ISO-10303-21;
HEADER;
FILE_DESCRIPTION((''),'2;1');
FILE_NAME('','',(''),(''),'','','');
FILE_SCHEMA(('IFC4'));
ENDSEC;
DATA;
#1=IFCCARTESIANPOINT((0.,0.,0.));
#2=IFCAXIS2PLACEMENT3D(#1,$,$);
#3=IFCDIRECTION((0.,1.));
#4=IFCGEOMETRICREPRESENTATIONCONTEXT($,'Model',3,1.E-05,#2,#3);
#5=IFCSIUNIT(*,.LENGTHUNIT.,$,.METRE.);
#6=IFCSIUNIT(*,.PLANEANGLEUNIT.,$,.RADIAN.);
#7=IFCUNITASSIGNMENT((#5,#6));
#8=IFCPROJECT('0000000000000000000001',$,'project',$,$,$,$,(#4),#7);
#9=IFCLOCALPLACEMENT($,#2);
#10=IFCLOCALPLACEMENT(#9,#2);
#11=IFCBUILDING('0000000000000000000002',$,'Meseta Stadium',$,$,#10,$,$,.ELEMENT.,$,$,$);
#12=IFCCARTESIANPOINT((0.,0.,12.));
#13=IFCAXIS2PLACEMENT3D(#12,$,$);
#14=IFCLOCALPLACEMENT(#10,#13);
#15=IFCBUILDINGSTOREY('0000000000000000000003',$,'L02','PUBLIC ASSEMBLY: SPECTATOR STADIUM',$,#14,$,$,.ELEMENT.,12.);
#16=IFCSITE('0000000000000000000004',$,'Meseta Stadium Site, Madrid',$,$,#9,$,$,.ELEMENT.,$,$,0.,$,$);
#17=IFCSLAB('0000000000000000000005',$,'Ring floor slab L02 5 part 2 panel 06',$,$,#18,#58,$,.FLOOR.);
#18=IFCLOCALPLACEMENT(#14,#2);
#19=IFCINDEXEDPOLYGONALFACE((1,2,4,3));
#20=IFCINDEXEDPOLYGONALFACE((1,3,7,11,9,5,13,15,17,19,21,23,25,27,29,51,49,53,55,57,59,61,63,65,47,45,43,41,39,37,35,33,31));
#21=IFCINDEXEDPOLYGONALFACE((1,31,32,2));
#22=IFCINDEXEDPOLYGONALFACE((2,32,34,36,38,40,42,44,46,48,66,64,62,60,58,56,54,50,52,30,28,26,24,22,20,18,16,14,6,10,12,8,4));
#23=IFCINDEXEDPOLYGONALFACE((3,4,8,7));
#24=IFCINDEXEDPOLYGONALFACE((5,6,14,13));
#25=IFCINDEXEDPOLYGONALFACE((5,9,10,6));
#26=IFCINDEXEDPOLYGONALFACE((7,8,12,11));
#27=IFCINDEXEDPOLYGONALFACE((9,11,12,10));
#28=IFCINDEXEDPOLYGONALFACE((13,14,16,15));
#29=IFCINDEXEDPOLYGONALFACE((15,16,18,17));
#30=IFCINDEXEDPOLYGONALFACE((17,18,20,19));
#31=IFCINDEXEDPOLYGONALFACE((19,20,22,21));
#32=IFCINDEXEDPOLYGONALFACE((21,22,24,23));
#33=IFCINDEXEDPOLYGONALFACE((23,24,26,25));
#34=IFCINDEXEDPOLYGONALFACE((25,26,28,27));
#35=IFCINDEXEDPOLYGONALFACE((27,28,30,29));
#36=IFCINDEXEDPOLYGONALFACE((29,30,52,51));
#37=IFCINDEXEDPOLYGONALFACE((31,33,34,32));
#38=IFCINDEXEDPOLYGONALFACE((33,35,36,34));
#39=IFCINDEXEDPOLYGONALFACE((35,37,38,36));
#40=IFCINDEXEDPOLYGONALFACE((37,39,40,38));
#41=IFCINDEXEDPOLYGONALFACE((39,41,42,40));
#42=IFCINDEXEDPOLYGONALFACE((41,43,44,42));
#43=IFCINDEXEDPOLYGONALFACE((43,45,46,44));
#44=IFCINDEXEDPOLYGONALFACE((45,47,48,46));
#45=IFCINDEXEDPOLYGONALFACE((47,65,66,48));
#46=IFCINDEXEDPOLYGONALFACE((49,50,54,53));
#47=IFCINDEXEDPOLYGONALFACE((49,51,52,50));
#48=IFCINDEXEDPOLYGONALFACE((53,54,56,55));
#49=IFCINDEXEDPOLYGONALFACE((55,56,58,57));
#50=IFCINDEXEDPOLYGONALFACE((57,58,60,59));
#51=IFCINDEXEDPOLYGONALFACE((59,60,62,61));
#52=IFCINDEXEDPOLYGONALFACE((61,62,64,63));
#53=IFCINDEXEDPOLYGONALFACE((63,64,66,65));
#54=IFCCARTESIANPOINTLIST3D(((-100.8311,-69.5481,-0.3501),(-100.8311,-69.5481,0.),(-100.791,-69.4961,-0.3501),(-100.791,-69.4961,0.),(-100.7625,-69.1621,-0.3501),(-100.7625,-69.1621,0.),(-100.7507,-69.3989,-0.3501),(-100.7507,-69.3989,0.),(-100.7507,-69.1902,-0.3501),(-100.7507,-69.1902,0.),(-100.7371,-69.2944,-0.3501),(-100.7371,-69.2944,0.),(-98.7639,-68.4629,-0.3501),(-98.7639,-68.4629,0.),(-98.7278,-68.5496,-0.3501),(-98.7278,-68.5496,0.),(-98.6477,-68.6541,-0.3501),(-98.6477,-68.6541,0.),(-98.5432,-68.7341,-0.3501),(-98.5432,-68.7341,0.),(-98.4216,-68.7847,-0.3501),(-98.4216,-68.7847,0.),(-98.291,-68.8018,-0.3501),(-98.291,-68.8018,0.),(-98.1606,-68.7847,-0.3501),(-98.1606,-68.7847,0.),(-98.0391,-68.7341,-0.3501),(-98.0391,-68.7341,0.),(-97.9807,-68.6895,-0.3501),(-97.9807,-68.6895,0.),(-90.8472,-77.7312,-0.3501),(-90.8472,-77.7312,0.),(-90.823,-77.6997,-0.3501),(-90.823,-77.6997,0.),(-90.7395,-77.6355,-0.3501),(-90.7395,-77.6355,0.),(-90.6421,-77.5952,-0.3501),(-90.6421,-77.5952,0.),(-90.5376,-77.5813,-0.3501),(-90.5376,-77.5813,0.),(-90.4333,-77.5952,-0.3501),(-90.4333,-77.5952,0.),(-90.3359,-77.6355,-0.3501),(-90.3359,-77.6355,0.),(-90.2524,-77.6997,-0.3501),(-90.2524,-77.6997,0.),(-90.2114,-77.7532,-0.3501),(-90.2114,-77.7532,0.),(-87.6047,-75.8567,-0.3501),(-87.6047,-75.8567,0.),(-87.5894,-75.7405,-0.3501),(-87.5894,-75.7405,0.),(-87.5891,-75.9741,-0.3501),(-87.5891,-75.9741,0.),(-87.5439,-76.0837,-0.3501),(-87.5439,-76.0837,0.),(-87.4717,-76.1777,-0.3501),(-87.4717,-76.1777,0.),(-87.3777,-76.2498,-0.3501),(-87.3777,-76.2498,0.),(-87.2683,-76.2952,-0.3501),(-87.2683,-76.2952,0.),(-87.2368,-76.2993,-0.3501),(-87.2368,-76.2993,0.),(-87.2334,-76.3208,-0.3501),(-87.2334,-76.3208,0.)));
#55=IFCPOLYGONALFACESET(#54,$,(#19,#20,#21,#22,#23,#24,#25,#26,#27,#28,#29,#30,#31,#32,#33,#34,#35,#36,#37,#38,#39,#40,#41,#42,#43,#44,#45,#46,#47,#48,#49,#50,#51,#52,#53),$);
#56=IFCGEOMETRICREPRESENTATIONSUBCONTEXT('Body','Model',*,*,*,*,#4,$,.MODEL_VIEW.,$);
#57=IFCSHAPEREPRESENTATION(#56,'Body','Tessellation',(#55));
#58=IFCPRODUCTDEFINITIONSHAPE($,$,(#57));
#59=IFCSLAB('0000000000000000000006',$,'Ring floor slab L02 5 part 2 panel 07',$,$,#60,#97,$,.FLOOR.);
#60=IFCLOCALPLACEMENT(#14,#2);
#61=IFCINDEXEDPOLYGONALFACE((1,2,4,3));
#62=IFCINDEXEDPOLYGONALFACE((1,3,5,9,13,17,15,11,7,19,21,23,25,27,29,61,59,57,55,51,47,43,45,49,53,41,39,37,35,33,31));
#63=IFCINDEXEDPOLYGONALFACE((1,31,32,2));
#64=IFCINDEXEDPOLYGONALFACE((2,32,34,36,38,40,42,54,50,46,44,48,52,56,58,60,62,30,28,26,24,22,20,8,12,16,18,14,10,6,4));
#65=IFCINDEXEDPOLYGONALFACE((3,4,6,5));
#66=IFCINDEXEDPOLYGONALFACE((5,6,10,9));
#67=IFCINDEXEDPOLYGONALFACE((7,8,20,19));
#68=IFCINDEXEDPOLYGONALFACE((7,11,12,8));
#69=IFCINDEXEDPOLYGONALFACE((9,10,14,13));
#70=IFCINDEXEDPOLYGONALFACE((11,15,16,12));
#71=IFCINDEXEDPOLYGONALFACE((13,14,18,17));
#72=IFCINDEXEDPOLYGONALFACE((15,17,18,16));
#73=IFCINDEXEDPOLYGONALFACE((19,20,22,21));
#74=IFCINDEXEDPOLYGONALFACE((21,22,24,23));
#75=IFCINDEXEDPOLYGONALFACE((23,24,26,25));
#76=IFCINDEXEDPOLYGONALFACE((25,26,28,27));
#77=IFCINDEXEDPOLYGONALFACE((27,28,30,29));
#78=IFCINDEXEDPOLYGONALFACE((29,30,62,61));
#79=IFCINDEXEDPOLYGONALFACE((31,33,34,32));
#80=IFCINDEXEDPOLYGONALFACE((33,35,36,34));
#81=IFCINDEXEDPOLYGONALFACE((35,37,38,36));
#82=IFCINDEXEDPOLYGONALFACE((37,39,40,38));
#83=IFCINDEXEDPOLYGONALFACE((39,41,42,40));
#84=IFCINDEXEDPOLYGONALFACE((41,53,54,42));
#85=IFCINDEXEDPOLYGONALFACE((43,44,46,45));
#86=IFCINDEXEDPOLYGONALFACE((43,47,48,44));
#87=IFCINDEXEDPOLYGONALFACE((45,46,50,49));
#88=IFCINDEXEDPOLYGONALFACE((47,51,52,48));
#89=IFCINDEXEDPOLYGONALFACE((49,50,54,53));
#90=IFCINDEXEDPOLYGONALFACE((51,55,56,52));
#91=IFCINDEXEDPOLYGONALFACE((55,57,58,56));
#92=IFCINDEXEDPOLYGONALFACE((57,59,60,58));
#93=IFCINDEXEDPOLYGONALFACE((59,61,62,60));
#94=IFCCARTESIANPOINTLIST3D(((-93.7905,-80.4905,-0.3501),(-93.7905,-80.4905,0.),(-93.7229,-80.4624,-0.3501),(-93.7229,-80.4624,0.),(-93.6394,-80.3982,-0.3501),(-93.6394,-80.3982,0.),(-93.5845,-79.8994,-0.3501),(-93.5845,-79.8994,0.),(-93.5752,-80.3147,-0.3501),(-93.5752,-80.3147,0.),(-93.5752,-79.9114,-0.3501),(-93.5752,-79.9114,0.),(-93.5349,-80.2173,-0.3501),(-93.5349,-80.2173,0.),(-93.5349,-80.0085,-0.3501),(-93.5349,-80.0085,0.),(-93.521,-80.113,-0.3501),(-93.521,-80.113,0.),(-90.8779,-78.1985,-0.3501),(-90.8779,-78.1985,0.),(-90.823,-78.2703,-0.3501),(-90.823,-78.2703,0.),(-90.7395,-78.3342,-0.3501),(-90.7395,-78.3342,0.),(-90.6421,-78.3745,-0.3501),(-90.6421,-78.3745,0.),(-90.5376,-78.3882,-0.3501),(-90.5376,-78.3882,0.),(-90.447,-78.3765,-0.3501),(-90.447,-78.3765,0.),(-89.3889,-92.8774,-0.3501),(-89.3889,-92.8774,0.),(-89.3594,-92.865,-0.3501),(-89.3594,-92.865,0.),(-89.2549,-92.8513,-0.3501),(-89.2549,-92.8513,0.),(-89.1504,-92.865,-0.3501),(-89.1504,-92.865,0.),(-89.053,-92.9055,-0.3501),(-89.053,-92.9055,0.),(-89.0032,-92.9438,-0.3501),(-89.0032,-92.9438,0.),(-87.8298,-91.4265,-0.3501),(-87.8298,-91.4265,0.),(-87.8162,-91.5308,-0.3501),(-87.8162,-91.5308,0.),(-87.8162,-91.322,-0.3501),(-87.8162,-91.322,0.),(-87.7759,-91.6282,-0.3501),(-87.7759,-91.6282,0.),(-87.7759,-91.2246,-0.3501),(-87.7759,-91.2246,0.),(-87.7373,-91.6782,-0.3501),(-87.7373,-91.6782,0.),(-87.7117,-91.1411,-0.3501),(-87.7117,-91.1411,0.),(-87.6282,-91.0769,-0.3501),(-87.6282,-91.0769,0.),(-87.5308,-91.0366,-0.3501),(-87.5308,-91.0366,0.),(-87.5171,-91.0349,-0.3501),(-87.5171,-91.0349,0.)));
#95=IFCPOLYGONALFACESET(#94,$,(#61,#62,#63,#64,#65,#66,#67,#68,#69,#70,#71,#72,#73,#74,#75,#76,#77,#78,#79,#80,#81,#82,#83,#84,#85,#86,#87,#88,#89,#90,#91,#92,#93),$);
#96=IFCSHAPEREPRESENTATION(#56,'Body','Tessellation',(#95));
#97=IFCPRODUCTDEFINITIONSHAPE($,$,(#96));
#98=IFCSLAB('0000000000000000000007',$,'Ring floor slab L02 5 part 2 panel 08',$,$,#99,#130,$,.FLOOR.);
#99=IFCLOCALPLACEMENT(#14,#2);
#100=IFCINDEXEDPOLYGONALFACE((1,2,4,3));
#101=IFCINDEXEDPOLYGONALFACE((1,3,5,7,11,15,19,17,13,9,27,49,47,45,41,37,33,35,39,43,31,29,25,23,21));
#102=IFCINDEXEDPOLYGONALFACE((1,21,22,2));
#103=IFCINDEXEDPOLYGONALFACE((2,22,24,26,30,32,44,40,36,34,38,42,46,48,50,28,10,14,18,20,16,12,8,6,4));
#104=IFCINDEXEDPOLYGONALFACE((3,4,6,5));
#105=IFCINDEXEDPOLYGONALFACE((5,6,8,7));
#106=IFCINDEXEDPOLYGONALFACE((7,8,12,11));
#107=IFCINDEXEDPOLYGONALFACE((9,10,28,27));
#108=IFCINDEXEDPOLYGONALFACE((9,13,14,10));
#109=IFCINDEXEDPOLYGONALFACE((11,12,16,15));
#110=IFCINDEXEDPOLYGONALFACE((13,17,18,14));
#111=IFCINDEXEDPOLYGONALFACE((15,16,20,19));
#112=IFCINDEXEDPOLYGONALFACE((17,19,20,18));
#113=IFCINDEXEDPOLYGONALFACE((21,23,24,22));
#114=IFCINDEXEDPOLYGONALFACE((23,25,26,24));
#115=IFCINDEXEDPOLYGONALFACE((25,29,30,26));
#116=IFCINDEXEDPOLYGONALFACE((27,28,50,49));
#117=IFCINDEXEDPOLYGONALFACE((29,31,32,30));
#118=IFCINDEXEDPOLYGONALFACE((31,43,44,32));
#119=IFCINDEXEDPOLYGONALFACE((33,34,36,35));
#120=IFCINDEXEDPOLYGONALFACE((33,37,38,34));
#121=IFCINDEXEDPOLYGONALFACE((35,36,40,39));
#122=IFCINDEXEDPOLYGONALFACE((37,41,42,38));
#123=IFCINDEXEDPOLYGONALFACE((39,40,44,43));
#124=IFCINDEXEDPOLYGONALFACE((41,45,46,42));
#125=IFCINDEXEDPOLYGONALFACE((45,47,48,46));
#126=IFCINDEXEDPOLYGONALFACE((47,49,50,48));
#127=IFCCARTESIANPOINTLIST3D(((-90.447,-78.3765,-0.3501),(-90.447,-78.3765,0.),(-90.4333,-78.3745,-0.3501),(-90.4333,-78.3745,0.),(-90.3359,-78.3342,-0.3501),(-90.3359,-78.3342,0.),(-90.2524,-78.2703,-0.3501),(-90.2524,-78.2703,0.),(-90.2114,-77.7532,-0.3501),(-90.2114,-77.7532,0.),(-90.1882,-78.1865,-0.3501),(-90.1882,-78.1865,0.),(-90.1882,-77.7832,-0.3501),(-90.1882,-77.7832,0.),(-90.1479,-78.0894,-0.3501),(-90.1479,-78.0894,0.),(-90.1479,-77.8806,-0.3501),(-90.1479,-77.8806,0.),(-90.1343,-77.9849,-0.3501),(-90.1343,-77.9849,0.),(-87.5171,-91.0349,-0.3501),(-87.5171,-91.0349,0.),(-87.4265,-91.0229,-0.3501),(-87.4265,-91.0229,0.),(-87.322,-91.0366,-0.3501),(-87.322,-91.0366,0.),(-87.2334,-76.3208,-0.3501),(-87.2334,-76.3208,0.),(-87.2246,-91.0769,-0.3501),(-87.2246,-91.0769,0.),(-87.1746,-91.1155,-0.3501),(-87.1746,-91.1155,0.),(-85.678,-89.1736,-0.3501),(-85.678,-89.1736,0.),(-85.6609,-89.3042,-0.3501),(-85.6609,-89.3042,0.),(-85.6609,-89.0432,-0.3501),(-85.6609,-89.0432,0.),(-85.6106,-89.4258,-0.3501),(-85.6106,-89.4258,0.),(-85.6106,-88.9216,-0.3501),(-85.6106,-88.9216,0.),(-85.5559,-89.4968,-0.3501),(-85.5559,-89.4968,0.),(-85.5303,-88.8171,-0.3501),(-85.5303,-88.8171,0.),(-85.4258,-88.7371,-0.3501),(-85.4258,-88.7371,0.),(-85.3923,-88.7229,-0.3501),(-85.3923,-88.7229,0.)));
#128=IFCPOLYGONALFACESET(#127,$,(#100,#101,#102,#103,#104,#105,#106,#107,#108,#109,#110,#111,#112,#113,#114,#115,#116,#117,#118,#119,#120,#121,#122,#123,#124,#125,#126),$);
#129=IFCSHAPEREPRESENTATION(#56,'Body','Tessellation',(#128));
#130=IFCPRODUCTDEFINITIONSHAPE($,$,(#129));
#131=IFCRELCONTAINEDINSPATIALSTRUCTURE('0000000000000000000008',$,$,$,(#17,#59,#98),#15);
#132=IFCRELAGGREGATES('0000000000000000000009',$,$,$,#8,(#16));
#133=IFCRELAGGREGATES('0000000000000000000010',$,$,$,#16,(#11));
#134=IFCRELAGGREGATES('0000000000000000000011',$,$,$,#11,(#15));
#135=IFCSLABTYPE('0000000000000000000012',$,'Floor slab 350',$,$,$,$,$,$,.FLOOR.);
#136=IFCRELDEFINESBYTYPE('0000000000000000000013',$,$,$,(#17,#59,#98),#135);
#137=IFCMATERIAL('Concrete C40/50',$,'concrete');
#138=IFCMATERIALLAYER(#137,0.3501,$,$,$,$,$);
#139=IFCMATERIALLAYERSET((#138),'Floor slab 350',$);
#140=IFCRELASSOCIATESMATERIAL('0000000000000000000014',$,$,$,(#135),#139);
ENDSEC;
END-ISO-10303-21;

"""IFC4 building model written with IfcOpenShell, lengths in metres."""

from ifc_helpers import new_model, si_unit, direction, frame, origin, place, context, subcontext, project, spatial, polyline, outline, extrude, material, layer, layer_set, type_object, element, save


model = new_model("IFC4")

# Units and contexts
model_context = context("Model", 3, precision=1e-05, world=origin(), true_north=direction((0.0, 1.0)))
body_context = subcontext(model_context, "Body", "Model", "MODEL_VIEW")
ifc_project = project(units=[si_unit("LENGTHUNIT", "METRE"), si_unit("PLANEANGLEUNIT", "RADIAN")], contexts=[model_context])

# Site, building, storey
site_placement = place(None, origin())
site = spatial("IfcSite", under=ifc_project, at=site_placement, Name="Meseta Stadium Site, Madrid", CompositionType="ELEMENT", RefElevation=0.0)
building_placement = place(site_placement, origin())
building = spatial("IfcBuilding", under=site, at=building_placement, Name="Meseta Stadium", CompositionType="ELEMENT")
storey_placement = place(building_placement, frame((0.0, 0.0, 12.0)))
storey = spatial("IfcBuildingStorey", under=building, at=storey_placement, Name="L02", Description="PUBLIC ASSEMBLY: SPECTATOR STADIUM", CompositionType="ELEMENT", Elevation=12.0)

# Slabs
ifc_material_1 = material(Name="Concrete C40/50", Category="concrete")
ifc_layer_1 = layer(ifc_material_1, 0.3501)
ifc_layer_set_1 = layer_set([ifc_layer_1], Name="Floor slab 350")
slab_type_1 = type_object("IfcSlabType", Name="Floor slab 350", PredefinedType="FLOOR", material=ifc_layer_set_1)
slab_1_placement = place(storey_placement, frame((0.0, 0.0, -0.3501)))
element("IfcSlab", 1, at=slab_1_placement, inside=storey, type_object=slab_type_1, Name="Ring floor slab L02 5 part 2 panel 06", PredefinedType="FLOOR", context=body_context, shape_type="SweptSolid", body=[
    extrude(outline(polyline([(-98.4216, -68.7847), (-98.5432, -68.7341), (-98.6477, -68.6541), (-98.7278, -68.5496), (-98.7639, -68.4629), (-100.7625, -69.1621), (-100.7507, -69.1902), (-100.7371, -69.2944), (-100.7507, -69.3989), (-100.791, -69.4961), (-100.8311, -69.5481), (-90.8472, -77.7312), (-90.823, -77.6997), (-90.7395, -77.6355), (-90.6421, -77.5952), (-90.5376, -77.5813), (-90.4333, -77.5952), (-90.3359, -77.6355), (-90.2524, -77.6997), (-90.2114, -77.7532), (-87.2334, -76.3208), (-87.2368, -76.2993), (-87.2683, -76.2952), (-87.3777, -76.2498), (-87.4717, -76.1777), (-87.5439, -76.0837), (-87.5891, -75.9741), (-87.6047, -75.8567), (-87.5894, -75.7405), (-97.9807, -68.6895), (-98.0391, -68.7341), (-98.1606, -68.7847), (-98.291, -68.8018), (-98.4216, -68.7847)])), origin(), (0.0, 0.0, 1.0), 0.3501),
])
slab_2_placement = place(storey_placement, frame((0.0, 0.0, -0.3501)))
element("IfcSlab", 2, at=slab_2_placement, inside=storey, type_object=slab_type_1, Name="Ring floor slab L02 5 part 2 panel 07", PredefinedType="FLOOR", context=body_context, shape_type="SweptSolid", body=[
    extrude(outline(polyline([(-89.053, -92.9055), (-89.0032, -92.9438), (-87.7373, -91.6782), (-87.7759, -91.6282), (-87.8162, -91.5308), (-87.8298, -91.4265), (-87.8162, -91.322), (-87.7759, -91.2246), (-87.7117, -91.1411), (-87.6282, -91.0769), (-87.5308, -91.0366), (-87.5171, -91.0349), (-90.447, -78.3765), (-90.5376, -78.3882), (-90.6421, -78.3745), (-90.7395, -78.3342), (-90.823, -78.2703), (-90.8779, -78.1985), (-93.5845, -79.8994), (-93.5752, -79.9114), (-93.5349, -80.0085), (-93.521, -80.113), (-93.5349, -80.2173), (-93.5752, -80.3147), (-93.6394, -80.3982), (-93.7229, -80.4624), (-93.7905, -80.4905), (-89.3889, -92.8774), (-89.3594, -92.865), (-89.2549, -92.8513), (-89.1504, -92.865), (-89.053, -92.9055)])), origin(), (0.0, 0.0, 1.0), 0.3501),
])
slab_3_placement = place(storey_placement, frame((0.0, 0.0, -0.3501)))
element("IfcSlab", 3, at=slab_3_placement, inside=storey, type_object=slab_type_1, Name="Ring floor slab L02 5 part 2 panel 08", PredefinedType="FLOOR", context=body_context, shape_type="SweptSolid", body=[
    extrude(outline(polyline([(-87.2246, -91.0769), (-87.1746, -91.1155), (-85.5559, -89.4968), (-85.6106, -89.4258), (-85.6609, -89.3042), (-85.678, -89.1736), (-85.6609, -89.0432), (-85.6106, -88.9216), (-85.5303, -88.8171), (-85.4258, -88.7371), (-85.3923, -88.7229), (-87.2334, -76.3208), (-90.2114, -77.7532), (-90.1882, -77.7832), (-90.1479, -77.8806), (-90.1343, -77.9849), (-90.1479, -78.0894), (-90.1882, -78.1865), (-90.2524, -78.2703), (-90.3359, -78.3342), (-90.4333, -78.3745), (-90.447, -78.3765), (-87.5171, -91.0349), (-87.4265, -91.0229), (-87.322, -91.0366), (-87.2246, -91.0769)])), origin(), (0.0, 0.0, 1.0), 0.3501),
])

save(model, "model.ifc")
